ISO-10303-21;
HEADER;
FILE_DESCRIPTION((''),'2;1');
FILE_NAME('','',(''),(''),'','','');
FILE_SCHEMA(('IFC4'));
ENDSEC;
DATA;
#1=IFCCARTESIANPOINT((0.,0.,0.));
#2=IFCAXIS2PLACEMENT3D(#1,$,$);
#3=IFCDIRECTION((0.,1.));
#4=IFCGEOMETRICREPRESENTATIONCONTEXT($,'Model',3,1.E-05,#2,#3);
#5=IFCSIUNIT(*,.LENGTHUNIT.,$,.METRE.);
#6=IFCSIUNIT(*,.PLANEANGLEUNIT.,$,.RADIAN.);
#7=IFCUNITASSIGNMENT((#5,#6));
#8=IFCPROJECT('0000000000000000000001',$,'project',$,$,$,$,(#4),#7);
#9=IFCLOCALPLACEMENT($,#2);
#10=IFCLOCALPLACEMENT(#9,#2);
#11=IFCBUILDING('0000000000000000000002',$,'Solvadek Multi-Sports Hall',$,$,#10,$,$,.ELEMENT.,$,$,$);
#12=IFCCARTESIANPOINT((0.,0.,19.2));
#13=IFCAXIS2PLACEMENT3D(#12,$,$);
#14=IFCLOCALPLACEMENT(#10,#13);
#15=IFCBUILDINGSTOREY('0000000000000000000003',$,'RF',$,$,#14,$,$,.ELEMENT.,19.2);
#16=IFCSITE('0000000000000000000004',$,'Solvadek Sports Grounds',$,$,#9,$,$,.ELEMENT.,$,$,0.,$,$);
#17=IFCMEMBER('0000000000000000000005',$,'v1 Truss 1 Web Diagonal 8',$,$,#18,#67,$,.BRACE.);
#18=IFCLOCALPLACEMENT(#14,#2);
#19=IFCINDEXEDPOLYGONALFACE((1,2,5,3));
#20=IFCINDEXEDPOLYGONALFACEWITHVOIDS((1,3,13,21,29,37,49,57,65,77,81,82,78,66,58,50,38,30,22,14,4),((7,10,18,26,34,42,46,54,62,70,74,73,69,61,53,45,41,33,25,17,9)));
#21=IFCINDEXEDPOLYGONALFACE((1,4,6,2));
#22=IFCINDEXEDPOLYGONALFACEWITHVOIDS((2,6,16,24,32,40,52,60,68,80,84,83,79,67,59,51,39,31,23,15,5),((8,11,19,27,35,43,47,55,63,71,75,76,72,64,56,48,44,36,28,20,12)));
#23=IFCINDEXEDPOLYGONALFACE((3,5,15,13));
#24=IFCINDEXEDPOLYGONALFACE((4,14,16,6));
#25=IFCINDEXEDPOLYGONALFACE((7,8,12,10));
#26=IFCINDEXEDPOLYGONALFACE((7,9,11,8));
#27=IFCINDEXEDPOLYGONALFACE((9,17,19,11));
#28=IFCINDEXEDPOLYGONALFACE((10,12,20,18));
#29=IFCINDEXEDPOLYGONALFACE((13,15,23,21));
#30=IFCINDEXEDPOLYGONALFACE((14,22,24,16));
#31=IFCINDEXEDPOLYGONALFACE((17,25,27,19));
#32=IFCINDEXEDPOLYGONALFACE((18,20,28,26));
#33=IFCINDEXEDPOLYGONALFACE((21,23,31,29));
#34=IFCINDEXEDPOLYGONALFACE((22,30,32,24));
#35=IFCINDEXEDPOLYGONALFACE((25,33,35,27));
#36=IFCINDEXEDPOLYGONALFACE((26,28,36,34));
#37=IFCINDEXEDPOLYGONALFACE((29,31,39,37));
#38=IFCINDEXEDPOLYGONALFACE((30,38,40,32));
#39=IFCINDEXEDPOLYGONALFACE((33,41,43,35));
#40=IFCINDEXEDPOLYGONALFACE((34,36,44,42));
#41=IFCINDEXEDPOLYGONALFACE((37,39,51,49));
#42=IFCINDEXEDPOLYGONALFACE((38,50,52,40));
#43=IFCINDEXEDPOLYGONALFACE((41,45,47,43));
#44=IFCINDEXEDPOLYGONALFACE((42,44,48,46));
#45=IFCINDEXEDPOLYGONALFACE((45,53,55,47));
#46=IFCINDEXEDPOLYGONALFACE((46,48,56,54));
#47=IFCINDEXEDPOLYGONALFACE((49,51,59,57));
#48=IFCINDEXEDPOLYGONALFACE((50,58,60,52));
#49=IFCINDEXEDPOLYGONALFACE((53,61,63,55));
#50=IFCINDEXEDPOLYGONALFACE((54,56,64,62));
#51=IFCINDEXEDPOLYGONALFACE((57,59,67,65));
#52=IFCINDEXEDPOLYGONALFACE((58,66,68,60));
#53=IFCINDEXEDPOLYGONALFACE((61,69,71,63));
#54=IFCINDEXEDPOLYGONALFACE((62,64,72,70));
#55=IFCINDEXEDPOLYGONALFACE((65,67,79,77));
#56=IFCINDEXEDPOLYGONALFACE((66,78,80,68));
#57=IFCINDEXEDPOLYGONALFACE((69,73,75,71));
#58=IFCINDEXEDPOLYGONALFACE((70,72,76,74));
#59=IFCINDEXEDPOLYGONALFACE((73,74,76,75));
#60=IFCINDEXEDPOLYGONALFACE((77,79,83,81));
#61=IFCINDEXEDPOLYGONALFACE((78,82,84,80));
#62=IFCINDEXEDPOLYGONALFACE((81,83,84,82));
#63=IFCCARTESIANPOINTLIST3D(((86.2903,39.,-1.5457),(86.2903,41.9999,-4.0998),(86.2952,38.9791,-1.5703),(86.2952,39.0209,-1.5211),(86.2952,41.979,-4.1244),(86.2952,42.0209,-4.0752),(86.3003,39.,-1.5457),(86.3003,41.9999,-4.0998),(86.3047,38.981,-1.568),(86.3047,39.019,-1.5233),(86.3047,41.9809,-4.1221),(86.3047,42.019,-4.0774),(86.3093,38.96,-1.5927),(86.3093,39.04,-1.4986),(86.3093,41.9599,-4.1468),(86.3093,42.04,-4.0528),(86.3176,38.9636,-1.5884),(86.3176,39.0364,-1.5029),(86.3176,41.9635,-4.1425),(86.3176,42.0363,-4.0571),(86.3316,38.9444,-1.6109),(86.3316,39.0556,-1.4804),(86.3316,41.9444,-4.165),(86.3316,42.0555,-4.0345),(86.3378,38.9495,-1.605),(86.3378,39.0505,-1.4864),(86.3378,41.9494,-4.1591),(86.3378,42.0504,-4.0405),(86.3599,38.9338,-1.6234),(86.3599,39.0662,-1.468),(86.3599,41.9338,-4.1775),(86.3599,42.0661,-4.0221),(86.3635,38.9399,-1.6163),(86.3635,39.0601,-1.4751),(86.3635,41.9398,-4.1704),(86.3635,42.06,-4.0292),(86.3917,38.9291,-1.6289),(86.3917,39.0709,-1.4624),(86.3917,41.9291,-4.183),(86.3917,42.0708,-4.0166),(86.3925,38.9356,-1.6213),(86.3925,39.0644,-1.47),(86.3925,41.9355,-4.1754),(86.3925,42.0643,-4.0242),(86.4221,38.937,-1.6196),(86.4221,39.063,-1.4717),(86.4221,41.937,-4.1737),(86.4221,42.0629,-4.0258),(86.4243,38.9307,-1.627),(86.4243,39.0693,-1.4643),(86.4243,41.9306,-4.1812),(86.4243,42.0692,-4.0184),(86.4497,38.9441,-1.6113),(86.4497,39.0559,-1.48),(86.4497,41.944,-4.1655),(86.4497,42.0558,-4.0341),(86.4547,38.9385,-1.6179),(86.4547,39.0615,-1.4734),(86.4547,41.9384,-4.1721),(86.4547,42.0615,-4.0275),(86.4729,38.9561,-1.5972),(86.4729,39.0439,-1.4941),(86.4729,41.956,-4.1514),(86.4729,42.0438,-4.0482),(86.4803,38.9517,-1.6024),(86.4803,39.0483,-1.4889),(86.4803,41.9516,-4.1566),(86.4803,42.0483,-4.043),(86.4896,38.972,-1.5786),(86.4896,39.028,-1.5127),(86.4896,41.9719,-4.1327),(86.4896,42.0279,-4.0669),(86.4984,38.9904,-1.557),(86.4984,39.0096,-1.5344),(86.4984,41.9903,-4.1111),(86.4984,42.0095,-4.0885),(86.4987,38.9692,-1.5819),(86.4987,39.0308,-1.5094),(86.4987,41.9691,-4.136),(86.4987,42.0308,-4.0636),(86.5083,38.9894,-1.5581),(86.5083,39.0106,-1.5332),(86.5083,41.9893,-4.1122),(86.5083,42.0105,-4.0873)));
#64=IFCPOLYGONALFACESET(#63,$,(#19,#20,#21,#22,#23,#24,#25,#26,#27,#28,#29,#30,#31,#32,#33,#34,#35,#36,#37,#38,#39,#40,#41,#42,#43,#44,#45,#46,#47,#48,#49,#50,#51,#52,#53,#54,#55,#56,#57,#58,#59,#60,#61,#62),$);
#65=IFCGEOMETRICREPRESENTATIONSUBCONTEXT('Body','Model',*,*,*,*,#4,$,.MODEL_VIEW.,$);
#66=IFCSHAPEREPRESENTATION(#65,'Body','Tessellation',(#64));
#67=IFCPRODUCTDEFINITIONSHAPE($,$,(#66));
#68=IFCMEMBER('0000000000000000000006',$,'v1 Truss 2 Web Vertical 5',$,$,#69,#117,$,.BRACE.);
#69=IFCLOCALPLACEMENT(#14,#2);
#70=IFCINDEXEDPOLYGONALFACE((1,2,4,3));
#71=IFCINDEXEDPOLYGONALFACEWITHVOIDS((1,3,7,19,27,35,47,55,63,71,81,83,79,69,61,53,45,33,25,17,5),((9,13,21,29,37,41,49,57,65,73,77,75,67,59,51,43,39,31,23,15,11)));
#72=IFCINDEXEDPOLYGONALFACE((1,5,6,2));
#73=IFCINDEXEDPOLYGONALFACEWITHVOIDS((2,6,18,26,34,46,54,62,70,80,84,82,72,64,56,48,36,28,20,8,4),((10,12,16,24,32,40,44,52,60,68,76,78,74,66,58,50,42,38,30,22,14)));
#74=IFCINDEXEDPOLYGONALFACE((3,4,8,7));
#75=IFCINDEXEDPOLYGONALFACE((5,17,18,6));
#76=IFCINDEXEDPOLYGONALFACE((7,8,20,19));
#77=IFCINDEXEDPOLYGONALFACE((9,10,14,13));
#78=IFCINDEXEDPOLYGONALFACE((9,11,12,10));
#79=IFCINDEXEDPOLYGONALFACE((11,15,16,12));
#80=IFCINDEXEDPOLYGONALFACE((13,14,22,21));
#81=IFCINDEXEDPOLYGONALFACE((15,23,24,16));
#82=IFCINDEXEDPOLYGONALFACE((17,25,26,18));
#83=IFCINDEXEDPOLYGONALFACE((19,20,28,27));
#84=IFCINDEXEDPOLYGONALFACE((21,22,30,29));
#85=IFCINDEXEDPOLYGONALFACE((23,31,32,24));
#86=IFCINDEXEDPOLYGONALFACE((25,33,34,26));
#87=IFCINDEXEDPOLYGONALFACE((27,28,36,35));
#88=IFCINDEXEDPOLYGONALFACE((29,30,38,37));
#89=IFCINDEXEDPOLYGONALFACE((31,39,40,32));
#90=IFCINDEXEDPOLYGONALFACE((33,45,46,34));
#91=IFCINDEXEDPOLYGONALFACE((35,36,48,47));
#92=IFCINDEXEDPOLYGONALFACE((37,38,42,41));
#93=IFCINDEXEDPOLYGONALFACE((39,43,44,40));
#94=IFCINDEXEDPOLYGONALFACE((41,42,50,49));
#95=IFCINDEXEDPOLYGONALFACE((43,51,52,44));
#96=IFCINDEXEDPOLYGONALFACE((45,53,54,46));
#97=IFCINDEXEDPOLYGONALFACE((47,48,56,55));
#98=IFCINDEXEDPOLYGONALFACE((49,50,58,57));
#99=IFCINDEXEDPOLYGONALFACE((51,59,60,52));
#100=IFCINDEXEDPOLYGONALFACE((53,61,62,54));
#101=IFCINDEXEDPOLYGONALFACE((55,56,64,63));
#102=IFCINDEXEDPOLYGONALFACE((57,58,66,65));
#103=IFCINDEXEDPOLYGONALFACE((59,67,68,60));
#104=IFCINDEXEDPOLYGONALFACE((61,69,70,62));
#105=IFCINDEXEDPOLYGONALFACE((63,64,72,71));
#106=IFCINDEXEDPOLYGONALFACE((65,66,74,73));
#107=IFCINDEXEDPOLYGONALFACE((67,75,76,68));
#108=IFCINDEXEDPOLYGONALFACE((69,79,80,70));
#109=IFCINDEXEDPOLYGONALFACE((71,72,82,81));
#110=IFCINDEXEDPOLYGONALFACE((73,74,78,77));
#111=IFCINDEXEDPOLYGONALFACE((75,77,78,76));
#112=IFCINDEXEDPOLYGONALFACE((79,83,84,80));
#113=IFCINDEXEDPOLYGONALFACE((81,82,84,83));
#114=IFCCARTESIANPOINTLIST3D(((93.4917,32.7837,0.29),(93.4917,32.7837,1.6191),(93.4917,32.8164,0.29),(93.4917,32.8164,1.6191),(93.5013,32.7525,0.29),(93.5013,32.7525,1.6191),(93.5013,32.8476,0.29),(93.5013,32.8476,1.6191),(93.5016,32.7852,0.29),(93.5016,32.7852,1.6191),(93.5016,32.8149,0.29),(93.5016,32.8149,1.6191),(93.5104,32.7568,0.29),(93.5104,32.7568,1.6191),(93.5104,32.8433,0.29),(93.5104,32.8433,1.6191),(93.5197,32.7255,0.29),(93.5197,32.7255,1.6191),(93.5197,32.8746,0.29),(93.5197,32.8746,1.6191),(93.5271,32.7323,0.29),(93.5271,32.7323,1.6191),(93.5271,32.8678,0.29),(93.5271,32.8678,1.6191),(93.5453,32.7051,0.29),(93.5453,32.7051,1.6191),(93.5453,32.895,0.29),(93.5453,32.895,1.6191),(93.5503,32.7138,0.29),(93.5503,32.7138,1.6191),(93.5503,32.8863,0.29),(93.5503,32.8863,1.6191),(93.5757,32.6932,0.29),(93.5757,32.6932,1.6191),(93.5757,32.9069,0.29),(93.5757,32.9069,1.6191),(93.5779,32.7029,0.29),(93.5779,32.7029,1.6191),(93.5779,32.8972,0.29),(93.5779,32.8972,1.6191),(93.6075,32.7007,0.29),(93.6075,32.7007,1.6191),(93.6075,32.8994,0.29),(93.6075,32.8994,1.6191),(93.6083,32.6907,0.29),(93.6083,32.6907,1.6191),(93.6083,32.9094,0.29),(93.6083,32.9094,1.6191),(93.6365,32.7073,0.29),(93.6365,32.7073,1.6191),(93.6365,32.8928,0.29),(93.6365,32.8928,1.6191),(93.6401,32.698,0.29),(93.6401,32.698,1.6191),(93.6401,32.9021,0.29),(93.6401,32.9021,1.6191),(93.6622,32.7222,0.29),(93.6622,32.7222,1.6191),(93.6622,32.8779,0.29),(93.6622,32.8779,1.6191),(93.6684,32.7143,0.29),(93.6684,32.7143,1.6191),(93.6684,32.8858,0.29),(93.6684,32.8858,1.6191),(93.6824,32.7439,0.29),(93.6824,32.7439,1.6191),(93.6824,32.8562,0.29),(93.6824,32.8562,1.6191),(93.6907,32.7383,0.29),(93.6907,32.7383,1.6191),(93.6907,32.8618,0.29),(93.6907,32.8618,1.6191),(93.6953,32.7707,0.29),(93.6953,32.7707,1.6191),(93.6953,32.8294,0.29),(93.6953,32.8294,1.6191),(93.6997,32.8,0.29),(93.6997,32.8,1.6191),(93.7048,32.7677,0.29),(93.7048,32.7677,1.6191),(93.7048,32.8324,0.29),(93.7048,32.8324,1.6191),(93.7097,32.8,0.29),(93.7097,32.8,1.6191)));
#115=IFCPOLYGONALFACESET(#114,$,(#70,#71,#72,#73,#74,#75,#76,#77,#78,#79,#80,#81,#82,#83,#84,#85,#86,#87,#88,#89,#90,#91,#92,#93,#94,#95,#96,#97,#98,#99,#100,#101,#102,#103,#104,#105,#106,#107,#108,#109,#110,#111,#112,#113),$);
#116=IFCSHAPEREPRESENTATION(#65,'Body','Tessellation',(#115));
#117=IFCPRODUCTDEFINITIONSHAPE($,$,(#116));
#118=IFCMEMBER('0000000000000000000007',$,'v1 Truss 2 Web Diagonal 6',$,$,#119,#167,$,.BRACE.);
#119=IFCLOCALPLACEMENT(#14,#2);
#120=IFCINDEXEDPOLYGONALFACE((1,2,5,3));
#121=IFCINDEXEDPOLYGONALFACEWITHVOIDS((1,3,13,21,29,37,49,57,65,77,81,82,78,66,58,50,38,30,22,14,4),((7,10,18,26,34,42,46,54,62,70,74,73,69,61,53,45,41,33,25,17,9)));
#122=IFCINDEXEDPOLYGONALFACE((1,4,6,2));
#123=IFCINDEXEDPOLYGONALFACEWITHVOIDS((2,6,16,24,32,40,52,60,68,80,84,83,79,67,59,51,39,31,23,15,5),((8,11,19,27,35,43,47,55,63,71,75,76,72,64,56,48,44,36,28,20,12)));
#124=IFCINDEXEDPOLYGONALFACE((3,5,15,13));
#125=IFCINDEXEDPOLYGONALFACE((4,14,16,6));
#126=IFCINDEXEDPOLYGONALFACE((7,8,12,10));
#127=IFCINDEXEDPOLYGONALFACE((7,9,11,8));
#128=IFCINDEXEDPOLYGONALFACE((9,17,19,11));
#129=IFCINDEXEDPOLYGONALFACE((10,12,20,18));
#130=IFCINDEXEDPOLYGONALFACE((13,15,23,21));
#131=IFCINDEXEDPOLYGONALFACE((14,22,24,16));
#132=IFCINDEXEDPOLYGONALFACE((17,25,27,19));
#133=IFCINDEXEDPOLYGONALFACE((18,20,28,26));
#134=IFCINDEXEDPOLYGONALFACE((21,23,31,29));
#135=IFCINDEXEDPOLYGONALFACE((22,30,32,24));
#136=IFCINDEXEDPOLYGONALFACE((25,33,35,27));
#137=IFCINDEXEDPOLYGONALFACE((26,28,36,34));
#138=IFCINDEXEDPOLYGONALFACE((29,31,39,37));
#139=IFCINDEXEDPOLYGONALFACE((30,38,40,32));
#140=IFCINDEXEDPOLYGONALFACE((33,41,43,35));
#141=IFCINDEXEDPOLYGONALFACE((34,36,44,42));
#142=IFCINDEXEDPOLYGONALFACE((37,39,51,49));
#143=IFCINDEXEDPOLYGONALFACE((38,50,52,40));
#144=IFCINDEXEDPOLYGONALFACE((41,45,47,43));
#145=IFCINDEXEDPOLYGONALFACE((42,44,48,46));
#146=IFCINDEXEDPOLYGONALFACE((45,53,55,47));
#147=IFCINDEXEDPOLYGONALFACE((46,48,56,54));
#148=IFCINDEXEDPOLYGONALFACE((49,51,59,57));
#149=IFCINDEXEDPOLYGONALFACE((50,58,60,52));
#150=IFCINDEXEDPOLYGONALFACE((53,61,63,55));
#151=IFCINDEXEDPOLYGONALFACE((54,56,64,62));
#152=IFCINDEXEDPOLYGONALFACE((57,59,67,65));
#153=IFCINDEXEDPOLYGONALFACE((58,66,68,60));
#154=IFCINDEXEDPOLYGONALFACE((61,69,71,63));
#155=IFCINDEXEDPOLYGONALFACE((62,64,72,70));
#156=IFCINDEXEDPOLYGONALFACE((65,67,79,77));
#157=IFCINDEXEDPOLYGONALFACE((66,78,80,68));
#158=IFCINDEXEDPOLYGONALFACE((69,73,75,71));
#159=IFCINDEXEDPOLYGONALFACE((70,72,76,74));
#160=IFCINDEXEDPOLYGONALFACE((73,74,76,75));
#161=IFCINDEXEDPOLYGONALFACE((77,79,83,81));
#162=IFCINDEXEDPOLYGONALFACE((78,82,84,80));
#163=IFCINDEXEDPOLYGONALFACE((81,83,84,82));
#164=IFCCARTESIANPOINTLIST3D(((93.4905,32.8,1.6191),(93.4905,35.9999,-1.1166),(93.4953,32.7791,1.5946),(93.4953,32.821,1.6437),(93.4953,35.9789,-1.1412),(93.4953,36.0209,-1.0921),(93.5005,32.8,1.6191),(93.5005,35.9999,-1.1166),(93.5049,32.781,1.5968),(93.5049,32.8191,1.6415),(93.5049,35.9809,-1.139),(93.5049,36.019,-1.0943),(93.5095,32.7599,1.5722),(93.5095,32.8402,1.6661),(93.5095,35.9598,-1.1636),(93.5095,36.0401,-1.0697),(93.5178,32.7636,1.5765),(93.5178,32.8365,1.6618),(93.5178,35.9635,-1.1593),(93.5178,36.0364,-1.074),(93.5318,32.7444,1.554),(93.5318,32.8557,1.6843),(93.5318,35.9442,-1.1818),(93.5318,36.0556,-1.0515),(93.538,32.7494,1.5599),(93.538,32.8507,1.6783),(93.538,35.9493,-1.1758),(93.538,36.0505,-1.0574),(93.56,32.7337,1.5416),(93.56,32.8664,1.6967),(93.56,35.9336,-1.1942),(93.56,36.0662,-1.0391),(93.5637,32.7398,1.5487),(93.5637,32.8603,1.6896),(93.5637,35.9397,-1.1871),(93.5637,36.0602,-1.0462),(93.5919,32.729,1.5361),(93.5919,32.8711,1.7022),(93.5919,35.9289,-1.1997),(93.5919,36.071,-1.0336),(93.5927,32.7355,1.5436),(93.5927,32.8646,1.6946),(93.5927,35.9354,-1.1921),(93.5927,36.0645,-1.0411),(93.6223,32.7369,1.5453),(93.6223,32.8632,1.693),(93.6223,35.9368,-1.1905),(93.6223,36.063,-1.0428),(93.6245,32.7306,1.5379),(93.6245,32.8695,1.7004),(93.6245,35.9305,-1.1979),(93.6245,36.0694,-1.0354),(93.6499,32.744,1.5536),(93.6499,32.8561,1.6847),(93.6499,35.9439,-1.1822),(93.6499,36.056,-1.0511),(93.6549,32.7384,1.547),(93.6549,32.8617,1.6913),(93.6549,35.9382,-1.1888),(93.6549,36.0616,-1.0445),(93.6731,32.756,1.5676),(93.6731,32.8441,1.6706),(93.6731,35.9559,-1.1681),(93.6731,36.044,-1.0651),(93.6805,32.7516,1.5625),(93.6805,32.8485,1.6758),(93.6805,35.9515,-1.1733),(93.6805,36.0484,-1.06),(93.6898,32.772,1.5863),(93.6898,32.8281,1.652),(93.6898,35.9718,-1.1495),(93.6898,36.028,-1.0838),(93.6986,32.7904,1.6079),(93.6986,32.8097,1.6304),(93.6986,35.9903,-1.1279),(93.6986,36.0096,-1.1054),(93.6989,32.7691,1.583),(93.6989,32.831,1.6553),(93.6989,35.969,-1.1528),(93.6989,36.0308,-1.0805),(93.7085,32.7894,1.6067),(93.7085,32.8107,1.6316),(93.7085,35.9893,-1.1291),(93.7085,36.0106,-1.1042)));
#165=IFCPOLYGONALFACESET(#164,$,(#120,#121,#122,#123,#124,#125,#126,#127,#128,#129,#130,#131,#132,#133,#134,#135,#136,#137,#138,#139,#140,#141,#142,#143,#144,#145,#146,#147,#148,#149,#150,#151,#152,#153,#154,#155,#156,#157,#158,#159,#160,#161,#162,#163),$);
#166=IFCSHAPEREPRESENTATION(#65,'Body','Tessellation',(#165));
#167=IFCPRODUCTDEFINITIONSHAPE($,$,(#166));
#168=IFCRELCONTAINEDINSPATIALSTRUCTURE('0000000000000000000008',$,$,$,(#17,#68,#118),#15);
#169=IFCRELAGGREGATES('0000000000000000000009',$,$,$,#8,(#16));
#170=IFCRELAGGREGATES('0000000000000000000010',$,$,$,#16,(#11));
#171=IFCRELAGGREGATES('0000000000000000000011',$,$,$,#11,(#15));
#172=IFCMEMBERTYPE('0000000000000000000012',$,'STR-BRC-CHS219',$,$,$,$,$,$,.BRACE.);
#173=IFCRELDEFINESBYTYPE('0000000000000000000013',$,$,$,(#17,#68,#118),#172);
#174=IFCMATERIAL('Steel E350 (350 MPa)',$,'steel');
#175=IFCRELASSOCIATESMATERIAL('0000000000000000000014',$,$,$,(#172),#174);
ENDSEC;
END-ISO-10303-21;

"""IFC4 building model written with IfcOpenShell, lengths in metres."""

from ifc_helpers import new_model, si_unit, direction, frame, origin, origin_2d, place, context, subcontext, project, spatial, hollow_circle, extrude, material, material_profile, profile_set, type_object, element, save


model = new_model("IFC4")

# Units and contexts
model_context = context("Model", 3, precision=1e-05, world=origin(), true_north=direction((0.0, 1.0)))
body_context = subcontext(model_context, "Body", "Model", "MODEL_VIEW")
ifc_project = project(units=[si_unit("LENGTHUNIT", "METRE"), si_unit("PLANEANGLEUNIT", "RADIAN")], contexts=[model_context])

# Site, building, storey
site_placement = place(None, origin())
site = spatial("IfcSite", under=ifc_project, at=site_placement, Name="Solvadek Sports Grounds", CompositionType="ELEMENT", RefElevation=0.0)
building_placement = place(site_placement, origin())
building = spatial("IfcBuilding", under=site, at=building_placement, Name="Solvadek Multi-Sports Hall", CompositionType="ELEMENT")
storey_placement = place(building_placement, frame((0.0, 0.0, 19.2)))
storey = spatial("IfcBuildingStorey", under=building, at=storey_placement, Name="RF", CompositionType="ELEMENT", Elevation=19.2)

# Shared definitions
ifc_material_1 = material(Name="Steel E350 (350 MPa)", Category="steel")

# Members
ifc_material_profile_1 = material_profile(ifc_material_1, hollow_circle(Radius=0.1096, WallThickness=0.01, at=origin_2d()), Name="CHS 219.1x10")
ifc_profile_set_1 = profile_set([ifc_material_profile_1], Name="Steel E350 (350 MPa)")
member_type_1 = type_object("IfcMemberType", Name="STR-BRC-CHS219", PredefinedType="BRACE", material=ifc_profile_set_1)
member_1_placement = place(storey_placement, frame((86.3999, 39.0, -1.5457), z_axis=(0.0, 0.761413, -0.648267), x_axis=(-1.0, 0.0, 0.0)))
element("IfcMember", 1, at=member_1_placement, inside=storey, type_object=member_type_1, Name="v1 Truss 1 Web Diagonal 8", PredefinedType="BRACE", context=body_context, shape_type="SweptSolid", body=[
    extrude(hollow_circle(Radius=0.1096, WallThickness=0.01, at=origin_2d()), origin(), (0.0, 0.0, 1.0), 3.9399),
])
member_2_placement = place(storey_placement, frame((93.6001, 32.8, 0.29), z_axis=(0.0, 0.0, 1.0), x_axis=(1.0, 0.0, 0.0)))
element("IfcMember", 2, at=member_2_placement, inside=storey, type_object=member_type_1, Name="v1 Truss 2 Web Vertical 5", PredefinedType="BRACE", context=body_context, shape_type="SweptSolid", body=[
    extrude(hollow_circle(Radius=0.1096, WallThickness=0.01, at=origin_2d()), origin(), (0.0, 0.0, 1.0), 1.3291),
])
member_3_placement = place(storey_placement, frame((93.6001, 32.8, 1.6191), z_axis=(0.0, 0.760075, -0.649836), x_axis=(-1.0, 0.0, 0.0)))
element("IfcMember", 3, at=member_3_placement, inside=storey, type_object=member_type_1, Name="v1 Truss 2 Web Diagonal 6", PredefinedType="BRACE", context=body_context, shape_type="SweptSolid", body=[
    extrude(hollow_circle(Radius=0.1096, WallThickness=0.01, at=origin_2d()), origin(), (0.0, 0.0, 1.0), 4.21),
])

save(model, "model.ifc")
